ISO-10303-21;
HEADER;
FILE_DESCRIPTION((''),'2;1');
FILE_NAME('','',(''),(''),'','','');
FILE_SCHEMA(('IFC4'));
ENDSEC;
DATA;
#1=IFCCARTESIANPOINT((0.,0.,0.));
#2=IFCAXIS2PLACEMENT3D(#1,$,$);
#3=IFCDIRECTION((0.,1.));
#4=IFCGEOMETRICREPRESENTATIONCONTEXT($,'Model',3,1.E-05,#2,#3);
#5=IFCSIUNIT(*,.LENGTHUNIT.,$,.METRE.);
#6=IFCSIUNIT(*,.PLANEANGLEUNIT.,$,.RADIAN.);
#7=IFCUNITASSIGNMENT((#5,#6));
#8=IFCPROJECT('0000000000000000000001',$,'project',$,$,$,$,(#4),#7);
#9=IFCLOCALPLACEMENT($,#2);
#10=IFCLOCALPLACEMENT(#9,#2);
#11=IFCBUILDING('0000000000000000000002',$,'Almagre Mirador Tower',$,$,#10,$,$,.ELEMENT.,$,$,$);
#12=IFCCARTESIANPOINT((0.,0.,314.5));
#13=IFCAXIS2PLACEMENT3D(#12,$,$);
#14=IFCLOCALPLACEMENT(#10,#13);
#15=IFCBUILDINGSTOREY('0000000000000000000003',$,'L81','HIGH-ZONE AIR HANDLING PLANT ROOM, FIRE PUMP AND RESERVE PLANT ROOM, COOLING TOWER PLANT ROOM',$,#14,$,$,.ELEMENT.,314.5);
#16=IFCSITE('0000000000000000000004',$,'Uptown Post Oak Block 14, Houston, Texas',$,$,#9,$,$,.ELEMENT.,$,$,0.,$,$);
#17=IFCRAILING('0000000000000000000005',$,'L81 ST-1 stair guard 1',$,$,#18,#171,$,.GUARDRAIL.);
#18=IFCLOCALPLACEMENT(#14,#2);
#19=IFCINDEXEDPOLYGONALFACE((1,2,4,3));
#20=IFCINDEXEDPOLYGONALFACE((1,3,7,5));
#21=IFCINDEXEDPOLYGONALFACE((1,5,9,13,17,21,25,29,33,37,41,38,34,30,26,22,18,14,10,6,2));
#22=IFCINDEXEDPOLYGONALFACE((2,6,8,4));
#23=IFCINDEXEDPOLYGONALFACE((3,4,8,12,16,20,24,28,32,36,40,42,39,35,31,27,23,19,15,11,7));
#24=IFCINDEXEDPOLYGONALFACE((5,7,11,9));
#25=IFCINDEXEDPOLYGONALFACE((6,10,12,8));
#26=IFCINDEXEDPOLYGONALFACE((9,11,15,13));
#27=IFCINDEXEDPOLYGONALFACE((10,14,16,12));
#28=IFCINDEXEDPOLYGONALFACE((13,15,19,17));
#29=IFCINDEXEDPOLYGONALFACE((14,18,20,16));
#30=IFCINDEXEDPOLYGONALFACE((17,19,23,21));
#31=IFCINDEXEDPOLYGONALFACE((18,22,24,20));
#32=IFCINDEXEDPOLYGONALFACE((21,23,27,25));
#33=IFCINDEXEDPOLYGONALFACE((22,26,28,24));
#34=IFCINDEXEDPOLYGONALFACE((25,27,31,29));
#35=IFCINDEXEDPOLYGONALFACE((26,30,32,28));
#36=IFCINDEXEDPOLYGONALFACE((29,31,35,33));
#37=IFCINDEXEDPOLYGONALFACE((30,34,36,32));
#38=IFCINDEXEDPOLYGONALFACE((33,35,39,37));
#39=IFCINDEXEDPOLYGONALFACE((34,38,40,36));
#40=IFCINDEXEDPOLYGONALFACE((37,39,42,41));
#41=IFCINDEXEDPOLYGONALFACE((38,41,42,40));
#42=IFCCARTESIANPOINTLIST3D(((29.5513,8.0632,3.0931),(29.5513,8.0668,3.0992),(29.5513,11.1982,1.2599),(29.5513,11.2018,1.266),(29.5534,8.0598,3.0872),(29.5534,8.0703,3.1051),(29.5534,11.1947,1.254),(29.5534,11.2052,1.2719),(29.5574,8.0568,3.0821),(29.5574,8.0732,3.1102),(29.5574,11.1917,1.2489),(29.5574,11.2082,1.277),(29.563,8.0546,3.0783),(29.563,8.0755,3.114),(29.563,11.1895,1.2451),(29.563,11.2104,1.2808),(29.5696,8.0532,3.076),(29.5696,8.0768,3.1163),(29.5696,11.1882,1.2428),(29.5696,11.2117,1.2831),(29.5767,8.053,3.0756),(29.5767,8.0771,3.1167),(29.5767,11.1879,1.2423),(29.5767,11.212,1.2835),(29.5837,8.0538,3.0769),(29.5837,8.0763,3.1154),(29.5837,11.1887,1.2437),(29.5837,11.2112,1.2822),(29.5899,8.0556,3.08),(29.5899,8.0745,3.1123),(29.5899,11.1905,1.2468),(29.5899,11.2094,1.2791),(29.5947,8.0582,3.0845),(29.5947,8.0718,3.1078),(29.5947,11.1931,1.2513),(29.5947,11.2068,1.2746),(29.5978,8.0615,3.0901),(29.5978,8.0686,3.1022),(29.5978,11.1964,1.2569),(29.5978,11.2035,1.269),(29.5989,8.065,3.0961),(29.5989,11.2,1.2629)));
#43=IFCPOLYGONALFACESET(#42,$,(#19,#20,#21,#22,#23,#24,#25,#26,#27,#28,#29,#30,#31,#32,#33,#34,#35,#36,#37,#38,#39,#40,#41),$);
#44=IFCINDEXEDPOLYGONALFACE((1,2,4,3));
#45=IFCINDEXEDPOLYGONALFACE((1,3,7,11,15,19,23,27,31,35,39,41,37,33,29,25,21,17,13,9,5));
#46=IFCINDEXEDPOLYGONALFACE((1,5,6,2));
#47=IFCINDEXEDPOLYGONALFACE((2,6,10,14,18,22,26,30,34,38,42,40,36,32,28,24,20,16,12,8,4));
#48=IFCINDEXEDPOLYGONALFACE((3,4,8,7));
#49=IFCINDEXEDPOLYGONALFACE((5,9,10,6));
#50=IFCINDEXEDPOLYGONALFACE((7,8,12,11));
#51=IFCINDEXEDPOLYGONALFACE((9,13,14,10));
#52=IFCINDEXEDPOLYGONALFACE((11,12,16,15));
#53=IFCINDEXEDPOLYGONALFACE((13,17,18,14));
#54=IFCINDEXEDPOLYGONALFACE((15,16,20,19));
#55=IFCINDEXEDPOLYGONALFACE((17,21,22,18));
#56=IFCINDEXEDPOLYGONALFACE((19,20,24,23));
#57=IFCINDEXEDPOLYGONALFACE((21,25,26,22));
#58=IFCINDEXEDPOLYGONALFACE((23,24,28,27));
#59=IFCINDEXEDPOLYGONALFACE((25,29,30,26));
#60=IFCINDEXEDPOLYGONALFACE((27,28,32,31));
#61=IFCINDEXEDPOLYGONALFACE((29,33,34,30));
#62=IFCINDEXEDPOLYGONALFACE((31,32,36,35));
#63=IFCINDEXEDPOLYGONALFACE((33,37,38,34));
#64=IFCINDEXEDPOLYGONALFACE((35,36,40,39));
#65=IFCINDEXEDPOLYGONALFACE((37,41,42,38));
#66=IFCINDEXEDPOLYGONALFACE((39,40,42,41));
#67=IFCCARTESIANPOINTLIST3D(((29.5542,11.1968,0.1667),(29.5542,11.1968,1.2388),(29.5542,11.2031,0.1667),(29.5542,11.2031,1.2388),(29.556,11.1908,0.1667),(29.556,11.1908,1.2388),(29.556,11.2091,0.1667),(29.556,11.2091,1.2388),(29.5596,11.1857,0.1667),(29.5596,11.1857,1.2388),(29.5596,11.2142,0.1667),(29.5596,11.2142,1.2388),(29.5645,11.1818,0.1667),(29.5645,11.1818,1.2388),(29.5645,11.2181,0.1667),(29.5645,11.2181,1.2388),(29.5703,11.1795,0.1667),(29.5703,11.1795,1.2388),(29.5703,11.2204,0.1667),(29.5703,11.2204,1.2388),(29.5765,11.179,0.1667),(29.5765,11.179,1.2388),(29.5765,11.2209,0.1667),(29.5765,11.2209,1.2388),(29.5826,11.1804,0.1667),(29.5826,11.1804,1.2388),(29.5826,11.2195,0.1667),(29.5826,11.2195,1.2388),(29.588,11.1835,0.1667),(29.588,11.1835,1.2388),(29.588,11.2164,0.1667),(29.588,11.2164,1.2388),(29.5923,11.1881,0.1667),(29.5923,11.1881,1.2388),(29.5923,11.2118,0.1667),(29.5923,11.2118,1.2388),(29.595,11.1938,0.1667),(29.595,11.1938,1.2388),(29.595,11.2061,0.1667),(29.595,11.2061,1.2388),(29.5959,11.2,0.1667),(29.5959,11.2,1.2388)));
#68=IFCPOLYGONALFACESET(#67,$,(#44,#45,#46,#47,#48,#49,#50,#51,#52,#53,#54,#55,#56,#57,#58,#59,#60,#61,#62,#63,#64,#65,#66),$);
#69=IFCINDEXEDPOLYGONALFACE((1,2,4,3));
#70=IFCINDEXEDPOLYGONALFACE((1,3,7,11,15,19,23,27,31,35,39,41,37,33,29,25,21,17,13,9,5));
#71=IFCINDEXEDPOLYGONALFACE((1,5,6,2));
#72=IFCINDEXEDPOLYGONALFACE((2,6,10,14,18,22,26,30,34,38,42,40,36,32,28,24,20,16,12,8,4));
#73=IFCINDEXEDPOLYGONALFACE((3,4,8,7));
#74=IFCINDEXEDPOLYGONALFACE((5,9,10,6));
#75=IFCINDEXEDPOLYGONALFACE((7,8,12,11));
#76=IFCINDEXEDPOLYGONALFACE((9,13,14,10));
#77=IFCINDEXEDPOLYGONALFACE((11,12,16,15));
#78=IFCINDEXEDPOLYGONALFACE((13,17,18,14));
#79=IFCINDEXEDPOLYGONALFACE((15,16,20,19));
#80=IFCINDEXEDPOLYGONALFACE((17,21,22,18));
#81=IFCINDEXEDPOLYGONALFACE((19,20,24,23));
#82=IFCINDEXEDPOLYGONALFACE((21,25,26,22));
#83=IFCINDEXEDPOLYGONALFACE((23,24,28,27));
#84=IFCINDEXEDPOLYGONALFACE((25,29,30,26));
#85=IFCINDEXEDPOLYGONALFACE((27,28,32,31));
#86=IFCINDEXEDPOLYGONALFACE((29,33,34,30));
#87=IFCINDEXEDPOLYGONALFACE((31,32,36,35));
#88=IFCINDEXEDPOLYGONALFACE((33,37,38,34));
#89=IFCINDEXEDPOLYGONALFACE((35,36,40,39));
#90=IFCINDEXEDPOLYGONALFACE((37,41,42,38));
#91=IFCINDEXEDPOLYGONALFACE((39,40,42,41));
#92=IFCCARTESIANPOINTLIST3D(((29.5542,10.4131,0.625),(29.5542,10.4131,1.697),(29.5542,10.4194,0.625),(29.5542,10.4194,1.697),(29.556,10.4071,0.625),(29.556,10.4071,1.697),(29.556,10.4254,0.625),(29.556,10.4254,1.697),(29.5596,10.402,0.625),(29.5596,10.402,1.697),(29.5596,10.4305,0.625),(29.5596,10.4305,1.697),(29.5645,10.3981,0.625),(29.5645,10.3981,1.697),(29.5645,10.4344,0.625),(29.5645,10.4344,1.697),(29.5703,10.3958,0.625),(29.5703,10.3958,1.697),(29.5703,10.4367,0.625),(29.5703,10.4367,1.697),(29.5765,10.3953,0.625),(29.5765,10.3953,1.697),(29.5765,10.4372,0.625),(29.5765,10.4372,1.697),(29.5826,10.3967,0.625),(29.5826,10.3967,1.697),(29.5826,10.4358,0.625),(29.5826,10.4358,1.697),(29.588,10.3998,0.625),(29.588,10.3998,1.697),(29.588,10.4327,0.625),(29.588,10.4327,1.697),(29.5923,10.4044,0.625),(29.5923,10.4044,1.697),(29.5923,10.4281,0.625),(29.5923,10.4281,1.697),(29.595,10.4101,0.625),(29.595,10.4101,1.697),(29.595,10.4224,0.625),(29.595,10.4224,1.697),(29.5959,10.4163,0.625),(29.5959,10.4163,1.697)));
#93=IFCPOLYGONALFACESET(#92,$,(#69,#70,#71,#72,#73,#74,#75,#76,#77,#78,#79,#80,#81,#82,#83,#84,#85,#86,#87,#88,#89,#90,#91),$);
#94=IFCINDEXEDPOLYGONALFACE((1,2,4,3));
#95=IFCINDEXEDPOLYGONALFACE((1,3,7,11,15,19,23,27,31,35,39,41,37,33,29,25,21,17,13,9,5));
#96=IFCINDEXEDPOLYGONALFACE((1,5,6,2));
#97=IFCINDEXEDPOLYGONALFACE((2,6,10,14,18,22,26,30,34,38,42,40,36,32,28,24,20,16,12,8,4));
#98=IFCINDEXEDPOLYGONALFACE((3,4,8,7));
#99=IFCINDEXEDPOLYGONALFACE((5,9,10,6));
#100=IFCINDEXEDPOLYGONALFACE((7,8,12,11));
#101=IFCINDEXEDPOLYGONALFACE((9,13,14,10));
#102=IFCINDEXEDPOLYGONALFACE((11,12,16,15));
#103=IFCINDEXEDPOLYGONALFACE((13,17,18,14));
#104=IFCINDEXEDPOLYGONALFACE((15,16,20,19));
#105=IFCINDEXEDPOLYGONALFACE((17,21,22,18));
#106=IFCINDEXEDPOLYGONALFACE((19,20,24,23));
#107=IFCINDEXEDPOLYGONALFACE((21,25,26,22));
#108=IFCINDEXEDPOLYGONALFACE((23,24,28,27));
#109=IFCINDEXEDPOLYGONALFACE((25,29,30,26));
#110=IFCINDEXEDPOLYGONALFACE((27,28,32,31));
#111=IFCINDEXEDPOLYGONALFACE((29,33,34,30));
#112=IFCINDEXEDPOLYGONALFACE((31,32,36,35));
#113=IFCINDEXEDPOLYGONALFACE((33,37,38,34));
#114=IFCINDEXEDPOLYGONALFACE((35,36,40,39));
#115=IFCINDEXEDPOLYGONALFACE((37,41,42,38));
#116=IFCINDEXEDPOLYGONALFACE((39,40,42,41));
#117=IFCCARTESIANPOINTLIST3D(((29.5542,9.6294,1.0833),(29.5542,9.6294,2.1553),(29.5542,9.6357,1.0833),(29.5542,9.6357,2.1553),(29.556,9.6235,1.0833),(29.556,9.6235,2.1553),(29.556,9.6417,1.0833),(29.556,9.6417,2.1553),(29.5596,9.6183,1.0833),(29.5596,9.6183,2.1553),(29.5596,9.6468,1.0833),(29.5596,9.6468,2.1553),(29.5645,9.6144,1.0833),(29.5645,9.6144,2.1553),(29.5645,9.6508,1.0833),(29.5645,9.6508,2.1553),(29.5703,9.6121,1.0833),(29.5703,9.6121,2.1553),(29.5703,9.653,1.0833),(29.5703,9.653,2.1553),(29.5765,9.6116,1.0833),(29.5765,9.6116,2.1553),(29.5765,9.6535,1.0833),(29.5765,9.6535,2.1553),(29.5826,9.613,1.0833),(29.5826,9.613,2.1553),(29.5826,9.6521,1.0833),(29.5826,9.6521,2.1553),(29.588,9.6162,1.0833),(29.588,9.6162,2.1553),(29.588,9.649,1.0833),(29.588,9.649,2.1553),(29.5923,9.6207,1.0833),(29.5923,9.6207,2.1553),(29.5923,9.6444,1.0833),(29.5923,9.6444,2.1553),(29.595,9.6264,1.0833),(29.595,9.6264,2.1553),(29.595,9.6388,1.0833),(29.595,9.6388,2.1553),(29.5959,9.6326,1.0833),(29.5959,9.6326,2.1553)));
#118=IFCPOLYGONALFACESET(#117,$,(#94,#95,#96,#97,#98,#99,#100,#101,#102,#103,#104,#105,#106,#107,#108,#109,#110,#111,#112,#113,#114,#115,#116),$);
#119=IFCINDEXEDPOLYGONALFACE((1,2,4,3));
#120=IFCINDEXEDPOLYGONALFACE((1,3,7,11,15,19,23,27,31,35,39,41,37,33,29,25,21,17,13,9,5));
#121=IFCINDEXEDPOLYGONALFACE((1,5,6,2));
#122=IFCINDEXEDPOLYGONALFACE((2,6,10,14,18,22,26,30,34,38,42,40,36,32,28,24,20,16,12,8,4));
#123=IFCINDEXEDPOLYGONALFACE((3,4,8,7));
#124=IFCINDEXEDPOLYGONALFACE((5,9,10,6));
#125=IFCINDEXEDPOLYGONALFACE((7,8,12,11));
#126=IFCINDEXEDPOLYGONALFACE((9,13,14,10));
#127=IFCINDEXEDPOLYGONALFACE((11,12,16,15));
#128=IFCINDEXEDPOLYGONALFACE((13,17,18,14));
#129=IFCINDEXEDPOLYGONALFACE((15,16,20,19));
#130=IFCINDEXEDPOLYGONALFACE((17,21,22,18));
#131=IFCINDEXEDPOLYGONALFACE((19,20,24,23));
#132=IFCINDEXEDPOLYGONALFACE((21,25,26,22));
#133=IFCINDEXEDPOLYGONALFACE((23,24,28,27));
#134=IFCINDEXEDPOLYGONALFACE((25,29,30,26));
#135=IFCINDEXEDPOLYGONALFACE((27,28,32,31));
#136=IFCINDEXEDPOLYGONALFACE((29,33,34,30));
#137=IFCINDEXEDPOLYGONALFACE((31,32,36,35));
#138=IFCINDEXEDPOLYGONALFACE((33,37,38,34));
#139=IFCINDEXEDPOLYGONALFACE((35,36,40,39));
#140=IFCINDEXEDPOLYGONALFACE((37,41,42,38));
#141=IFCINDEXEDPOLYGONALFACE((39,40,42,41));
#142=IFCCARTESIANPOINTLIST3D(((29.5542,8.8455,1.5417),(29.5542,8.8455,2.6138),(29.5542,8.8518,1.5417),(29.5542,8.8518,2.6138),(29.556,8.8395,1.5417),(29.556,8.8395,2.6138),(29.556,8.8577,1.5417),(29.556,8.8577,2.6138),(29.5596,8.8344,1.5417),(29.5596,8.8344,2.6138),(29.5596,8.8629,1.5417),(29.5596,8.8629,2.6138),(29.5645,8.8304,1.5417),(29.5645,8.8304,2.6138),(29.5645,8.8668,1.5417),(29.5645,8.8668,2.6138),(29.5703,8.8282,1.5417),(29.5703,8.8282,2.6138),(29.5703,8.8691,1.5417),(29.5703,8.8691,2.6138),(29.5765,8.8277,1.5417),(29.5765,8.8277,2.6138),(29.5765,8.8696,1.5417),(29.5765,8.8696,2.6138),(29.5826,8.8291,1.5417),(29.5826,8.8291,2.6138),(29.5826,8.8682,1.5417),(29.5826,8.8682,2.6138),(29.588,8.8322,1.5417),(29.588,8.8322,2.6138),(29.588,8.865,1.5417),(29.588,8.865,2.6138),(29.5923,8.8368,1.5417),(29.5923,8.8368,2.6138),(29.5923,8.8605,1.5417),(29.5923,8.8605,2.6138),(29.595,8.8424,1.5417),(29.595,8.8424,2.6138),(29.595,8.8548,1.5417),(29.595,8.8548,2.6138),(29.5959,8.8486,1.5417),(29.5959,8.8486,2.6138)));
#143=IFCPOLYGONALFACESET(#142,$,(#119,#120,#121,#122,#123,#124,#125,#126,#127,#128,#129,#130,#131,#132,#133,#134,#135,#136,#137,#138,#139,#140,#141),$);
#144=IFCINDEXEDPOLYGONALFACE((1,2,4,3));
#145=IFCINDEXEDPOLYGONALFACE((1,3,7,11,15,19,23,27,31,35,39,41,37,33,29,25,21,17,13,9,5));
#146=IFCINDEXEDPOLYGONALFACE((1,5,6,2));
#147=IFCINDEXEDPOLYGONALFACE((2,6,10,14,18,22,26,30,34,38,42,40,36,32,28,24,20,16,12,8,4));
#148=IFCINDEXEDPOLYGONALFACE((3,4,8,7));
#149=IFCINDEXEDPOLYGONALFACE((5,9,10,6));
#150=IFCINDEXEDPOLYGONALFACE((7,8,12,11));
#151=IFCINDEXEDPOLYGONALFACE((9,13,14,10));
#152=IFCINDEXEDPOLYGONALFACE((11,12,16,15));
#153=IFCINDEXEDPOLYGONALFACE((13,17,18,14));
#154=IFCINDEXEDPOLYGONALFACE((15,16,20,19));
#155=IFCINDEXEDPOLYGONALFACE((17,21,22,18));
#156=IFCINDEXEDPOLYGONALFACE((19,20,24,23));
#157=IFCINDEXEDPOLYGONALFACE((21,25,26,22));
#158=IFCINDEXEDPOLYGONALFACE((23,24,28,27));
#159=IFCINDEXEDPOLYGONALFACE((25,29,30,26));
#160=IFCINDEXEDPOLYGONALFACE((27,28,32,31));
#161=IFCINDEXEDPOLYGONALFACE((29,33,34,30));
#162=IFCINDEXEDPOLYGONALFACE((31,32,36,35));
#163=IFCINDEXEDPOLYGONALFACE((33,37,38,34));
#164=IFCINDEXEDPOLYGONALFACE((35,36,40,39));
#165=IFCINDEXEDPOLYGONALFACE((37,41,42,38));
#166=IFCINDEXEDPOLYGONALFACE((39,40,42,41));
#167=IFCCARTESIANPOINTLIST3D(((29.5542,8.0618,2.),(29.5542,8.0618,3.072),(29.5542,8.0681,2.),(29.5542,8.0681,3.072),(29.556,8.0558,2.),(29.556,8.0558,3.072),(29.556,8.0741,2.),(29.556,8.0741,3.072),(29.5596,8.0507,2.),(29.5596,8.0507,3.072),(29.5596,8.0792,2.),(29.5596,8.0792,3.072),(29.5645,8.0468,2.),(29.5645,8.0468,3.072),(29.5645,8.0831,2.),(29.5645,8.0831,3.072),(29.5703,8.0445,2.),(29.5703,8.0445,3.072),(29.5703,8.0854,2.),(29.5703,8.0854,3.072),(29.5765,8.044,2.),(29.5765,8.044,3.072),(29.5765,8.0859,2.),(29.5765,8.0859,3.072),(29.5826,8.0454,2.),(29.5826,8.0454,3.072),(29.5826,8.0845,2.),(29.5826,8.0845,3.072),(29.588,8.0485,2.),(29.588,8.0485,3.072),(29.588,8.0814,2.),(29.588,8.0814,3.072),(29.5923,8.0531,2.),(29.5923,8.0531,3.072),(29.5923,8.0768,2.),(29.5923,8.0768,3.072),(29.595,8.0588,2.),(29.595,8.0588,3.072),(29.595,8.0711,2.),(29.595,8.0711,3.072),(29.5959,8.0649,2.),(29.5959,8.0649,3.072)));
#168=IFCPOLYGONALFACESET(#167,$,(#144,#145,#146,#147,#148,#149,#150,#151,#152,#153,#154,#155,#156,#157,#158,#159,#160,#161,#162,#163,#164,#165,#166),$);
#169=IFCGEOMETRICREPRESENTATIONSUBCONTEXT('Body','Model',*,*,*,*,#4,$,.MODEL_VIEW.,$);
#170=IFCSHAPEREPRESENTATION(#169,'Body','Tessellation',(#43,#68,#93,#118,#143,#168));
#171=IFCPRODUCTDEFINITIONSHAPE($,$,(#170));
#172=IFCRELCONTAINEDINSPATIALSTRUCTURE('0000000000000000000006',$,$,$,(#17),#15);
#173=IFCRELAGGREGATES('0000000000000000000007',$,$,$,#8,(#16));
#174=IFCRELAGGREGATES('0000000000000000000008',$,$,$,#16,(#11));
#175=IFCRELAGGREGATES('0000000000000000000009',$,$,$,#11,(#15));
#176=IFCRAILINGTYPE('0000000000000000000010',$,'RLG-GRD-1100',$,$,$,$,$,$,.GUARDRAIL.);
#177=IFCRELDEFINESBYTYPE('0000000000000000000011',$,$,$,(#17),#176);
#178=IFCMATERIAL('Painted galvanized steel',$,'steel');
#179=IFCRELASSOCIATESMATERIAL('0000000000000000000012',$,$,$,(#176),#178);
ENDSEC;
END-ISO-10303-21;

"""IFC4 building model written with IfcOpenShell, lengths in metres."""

from ifc_helpers import new_model, si_unit, direction, frame, origin, origin_2d, place, context, subcontext, project, spatial, circle, extrude, material, type_object, element, save


model = new_model("IFC4")

# Units and contexts
model_context = context("Model", 3, precision=1e-05, world=origin(), true_north=direction((0.0, 1.0)))
body_context = subcontext(model_context, "Body", "Model", "MODEL_VIEW")
ifc_project = project(units=[si_unit("LENGTHUNIT", "METRE"), si_unit("PLANEANGLEUNIT", "RADIAN")], contexts=[model_context])

# Site, building, storey
site_placement = place(None, origin())
site = spatial("IfcSite", under=ifc_project, at=site_placement, Name="Uptown Post Oak Block 14, Houston, Texas", CompositionType="ELEMENT", RefElevation=0.0)
building_placement = place(site_placement, origin())
building = spatial("IfcBuilding", under=site, at=building_placement, Name="Almagre Mirador Tower", CompositionType="ELEMENT")
storey_placement = place(building_placement, frame((0.0, 0.0, 314.5)))
storey = spatial("IfcBuildingStorey", under=building, at=storey_placement, Name="L81", Description="HIGH-ZONE AIR HANDLING PLANT ROOM, FIRE PUMP AND RESERVE PLANT ROOM, COOLING TOWER PLANT ROOM", CompositionType="ELEMENT", Elevation=314.5)

# Railing
ifc_material_1 = material(Name="Painted galvanized steel", Category="steel")
railing_type_1 = type_object("IfcRailingType", Name="RLG-GRD-1100", PredefinedType="GUARDRAIL", material=ifc_material_1)
railing_1_placement = place(storey_placement, frame((29.575, 11.2, 0.1667)))
element("IfcRailing", 1, at=railing_1_placement, inside=storey, type_object=railing_type_1, Name="L81 ST-1 stair guard 1", PredefinedType="GUARDRAIL", context=body_context, shape_type="SweptSolid", body=[
    extrude(circle(Radius=0.0239, at=origin_2d()), frame((0.0, 0.0, 1.0962), z_axis=(0.0, -0.86324, 0.504794), x_axis=(1.0, 0.0, 0.0)), (0.0, 0.0, 1.0), 3.6316),
    extrude(circle(Radius=0.021, at=origin_2d()), origin(), (0.0, 0.0, 1.0), 1.072),
    extrude(circle(Radius=0.021, at=origin_2d()), frame((0.0, -0.7837, 0.4583)), (0.0, 0.0, 1.0), 1.072),
    extrude(circle(Radius=0.021, at=origin_2d()), frame((0.0, -1.5674, 0.9165)), (0.0, 0.0, 1.0), 1.072),
    extrude(circle(Radius=0.021, at=origin_2d()), frame((0.0, -2.3513, 1.375)), (0.0, 0.0, 1.0), 1.072),
    extrude(circle(Radius=0.021, at=origin_2d()), frame((0.0, -3.135, 1.8333)), (0.0, 0.0, 1.0), 1.072),
])

save(model, "model.ifc")
